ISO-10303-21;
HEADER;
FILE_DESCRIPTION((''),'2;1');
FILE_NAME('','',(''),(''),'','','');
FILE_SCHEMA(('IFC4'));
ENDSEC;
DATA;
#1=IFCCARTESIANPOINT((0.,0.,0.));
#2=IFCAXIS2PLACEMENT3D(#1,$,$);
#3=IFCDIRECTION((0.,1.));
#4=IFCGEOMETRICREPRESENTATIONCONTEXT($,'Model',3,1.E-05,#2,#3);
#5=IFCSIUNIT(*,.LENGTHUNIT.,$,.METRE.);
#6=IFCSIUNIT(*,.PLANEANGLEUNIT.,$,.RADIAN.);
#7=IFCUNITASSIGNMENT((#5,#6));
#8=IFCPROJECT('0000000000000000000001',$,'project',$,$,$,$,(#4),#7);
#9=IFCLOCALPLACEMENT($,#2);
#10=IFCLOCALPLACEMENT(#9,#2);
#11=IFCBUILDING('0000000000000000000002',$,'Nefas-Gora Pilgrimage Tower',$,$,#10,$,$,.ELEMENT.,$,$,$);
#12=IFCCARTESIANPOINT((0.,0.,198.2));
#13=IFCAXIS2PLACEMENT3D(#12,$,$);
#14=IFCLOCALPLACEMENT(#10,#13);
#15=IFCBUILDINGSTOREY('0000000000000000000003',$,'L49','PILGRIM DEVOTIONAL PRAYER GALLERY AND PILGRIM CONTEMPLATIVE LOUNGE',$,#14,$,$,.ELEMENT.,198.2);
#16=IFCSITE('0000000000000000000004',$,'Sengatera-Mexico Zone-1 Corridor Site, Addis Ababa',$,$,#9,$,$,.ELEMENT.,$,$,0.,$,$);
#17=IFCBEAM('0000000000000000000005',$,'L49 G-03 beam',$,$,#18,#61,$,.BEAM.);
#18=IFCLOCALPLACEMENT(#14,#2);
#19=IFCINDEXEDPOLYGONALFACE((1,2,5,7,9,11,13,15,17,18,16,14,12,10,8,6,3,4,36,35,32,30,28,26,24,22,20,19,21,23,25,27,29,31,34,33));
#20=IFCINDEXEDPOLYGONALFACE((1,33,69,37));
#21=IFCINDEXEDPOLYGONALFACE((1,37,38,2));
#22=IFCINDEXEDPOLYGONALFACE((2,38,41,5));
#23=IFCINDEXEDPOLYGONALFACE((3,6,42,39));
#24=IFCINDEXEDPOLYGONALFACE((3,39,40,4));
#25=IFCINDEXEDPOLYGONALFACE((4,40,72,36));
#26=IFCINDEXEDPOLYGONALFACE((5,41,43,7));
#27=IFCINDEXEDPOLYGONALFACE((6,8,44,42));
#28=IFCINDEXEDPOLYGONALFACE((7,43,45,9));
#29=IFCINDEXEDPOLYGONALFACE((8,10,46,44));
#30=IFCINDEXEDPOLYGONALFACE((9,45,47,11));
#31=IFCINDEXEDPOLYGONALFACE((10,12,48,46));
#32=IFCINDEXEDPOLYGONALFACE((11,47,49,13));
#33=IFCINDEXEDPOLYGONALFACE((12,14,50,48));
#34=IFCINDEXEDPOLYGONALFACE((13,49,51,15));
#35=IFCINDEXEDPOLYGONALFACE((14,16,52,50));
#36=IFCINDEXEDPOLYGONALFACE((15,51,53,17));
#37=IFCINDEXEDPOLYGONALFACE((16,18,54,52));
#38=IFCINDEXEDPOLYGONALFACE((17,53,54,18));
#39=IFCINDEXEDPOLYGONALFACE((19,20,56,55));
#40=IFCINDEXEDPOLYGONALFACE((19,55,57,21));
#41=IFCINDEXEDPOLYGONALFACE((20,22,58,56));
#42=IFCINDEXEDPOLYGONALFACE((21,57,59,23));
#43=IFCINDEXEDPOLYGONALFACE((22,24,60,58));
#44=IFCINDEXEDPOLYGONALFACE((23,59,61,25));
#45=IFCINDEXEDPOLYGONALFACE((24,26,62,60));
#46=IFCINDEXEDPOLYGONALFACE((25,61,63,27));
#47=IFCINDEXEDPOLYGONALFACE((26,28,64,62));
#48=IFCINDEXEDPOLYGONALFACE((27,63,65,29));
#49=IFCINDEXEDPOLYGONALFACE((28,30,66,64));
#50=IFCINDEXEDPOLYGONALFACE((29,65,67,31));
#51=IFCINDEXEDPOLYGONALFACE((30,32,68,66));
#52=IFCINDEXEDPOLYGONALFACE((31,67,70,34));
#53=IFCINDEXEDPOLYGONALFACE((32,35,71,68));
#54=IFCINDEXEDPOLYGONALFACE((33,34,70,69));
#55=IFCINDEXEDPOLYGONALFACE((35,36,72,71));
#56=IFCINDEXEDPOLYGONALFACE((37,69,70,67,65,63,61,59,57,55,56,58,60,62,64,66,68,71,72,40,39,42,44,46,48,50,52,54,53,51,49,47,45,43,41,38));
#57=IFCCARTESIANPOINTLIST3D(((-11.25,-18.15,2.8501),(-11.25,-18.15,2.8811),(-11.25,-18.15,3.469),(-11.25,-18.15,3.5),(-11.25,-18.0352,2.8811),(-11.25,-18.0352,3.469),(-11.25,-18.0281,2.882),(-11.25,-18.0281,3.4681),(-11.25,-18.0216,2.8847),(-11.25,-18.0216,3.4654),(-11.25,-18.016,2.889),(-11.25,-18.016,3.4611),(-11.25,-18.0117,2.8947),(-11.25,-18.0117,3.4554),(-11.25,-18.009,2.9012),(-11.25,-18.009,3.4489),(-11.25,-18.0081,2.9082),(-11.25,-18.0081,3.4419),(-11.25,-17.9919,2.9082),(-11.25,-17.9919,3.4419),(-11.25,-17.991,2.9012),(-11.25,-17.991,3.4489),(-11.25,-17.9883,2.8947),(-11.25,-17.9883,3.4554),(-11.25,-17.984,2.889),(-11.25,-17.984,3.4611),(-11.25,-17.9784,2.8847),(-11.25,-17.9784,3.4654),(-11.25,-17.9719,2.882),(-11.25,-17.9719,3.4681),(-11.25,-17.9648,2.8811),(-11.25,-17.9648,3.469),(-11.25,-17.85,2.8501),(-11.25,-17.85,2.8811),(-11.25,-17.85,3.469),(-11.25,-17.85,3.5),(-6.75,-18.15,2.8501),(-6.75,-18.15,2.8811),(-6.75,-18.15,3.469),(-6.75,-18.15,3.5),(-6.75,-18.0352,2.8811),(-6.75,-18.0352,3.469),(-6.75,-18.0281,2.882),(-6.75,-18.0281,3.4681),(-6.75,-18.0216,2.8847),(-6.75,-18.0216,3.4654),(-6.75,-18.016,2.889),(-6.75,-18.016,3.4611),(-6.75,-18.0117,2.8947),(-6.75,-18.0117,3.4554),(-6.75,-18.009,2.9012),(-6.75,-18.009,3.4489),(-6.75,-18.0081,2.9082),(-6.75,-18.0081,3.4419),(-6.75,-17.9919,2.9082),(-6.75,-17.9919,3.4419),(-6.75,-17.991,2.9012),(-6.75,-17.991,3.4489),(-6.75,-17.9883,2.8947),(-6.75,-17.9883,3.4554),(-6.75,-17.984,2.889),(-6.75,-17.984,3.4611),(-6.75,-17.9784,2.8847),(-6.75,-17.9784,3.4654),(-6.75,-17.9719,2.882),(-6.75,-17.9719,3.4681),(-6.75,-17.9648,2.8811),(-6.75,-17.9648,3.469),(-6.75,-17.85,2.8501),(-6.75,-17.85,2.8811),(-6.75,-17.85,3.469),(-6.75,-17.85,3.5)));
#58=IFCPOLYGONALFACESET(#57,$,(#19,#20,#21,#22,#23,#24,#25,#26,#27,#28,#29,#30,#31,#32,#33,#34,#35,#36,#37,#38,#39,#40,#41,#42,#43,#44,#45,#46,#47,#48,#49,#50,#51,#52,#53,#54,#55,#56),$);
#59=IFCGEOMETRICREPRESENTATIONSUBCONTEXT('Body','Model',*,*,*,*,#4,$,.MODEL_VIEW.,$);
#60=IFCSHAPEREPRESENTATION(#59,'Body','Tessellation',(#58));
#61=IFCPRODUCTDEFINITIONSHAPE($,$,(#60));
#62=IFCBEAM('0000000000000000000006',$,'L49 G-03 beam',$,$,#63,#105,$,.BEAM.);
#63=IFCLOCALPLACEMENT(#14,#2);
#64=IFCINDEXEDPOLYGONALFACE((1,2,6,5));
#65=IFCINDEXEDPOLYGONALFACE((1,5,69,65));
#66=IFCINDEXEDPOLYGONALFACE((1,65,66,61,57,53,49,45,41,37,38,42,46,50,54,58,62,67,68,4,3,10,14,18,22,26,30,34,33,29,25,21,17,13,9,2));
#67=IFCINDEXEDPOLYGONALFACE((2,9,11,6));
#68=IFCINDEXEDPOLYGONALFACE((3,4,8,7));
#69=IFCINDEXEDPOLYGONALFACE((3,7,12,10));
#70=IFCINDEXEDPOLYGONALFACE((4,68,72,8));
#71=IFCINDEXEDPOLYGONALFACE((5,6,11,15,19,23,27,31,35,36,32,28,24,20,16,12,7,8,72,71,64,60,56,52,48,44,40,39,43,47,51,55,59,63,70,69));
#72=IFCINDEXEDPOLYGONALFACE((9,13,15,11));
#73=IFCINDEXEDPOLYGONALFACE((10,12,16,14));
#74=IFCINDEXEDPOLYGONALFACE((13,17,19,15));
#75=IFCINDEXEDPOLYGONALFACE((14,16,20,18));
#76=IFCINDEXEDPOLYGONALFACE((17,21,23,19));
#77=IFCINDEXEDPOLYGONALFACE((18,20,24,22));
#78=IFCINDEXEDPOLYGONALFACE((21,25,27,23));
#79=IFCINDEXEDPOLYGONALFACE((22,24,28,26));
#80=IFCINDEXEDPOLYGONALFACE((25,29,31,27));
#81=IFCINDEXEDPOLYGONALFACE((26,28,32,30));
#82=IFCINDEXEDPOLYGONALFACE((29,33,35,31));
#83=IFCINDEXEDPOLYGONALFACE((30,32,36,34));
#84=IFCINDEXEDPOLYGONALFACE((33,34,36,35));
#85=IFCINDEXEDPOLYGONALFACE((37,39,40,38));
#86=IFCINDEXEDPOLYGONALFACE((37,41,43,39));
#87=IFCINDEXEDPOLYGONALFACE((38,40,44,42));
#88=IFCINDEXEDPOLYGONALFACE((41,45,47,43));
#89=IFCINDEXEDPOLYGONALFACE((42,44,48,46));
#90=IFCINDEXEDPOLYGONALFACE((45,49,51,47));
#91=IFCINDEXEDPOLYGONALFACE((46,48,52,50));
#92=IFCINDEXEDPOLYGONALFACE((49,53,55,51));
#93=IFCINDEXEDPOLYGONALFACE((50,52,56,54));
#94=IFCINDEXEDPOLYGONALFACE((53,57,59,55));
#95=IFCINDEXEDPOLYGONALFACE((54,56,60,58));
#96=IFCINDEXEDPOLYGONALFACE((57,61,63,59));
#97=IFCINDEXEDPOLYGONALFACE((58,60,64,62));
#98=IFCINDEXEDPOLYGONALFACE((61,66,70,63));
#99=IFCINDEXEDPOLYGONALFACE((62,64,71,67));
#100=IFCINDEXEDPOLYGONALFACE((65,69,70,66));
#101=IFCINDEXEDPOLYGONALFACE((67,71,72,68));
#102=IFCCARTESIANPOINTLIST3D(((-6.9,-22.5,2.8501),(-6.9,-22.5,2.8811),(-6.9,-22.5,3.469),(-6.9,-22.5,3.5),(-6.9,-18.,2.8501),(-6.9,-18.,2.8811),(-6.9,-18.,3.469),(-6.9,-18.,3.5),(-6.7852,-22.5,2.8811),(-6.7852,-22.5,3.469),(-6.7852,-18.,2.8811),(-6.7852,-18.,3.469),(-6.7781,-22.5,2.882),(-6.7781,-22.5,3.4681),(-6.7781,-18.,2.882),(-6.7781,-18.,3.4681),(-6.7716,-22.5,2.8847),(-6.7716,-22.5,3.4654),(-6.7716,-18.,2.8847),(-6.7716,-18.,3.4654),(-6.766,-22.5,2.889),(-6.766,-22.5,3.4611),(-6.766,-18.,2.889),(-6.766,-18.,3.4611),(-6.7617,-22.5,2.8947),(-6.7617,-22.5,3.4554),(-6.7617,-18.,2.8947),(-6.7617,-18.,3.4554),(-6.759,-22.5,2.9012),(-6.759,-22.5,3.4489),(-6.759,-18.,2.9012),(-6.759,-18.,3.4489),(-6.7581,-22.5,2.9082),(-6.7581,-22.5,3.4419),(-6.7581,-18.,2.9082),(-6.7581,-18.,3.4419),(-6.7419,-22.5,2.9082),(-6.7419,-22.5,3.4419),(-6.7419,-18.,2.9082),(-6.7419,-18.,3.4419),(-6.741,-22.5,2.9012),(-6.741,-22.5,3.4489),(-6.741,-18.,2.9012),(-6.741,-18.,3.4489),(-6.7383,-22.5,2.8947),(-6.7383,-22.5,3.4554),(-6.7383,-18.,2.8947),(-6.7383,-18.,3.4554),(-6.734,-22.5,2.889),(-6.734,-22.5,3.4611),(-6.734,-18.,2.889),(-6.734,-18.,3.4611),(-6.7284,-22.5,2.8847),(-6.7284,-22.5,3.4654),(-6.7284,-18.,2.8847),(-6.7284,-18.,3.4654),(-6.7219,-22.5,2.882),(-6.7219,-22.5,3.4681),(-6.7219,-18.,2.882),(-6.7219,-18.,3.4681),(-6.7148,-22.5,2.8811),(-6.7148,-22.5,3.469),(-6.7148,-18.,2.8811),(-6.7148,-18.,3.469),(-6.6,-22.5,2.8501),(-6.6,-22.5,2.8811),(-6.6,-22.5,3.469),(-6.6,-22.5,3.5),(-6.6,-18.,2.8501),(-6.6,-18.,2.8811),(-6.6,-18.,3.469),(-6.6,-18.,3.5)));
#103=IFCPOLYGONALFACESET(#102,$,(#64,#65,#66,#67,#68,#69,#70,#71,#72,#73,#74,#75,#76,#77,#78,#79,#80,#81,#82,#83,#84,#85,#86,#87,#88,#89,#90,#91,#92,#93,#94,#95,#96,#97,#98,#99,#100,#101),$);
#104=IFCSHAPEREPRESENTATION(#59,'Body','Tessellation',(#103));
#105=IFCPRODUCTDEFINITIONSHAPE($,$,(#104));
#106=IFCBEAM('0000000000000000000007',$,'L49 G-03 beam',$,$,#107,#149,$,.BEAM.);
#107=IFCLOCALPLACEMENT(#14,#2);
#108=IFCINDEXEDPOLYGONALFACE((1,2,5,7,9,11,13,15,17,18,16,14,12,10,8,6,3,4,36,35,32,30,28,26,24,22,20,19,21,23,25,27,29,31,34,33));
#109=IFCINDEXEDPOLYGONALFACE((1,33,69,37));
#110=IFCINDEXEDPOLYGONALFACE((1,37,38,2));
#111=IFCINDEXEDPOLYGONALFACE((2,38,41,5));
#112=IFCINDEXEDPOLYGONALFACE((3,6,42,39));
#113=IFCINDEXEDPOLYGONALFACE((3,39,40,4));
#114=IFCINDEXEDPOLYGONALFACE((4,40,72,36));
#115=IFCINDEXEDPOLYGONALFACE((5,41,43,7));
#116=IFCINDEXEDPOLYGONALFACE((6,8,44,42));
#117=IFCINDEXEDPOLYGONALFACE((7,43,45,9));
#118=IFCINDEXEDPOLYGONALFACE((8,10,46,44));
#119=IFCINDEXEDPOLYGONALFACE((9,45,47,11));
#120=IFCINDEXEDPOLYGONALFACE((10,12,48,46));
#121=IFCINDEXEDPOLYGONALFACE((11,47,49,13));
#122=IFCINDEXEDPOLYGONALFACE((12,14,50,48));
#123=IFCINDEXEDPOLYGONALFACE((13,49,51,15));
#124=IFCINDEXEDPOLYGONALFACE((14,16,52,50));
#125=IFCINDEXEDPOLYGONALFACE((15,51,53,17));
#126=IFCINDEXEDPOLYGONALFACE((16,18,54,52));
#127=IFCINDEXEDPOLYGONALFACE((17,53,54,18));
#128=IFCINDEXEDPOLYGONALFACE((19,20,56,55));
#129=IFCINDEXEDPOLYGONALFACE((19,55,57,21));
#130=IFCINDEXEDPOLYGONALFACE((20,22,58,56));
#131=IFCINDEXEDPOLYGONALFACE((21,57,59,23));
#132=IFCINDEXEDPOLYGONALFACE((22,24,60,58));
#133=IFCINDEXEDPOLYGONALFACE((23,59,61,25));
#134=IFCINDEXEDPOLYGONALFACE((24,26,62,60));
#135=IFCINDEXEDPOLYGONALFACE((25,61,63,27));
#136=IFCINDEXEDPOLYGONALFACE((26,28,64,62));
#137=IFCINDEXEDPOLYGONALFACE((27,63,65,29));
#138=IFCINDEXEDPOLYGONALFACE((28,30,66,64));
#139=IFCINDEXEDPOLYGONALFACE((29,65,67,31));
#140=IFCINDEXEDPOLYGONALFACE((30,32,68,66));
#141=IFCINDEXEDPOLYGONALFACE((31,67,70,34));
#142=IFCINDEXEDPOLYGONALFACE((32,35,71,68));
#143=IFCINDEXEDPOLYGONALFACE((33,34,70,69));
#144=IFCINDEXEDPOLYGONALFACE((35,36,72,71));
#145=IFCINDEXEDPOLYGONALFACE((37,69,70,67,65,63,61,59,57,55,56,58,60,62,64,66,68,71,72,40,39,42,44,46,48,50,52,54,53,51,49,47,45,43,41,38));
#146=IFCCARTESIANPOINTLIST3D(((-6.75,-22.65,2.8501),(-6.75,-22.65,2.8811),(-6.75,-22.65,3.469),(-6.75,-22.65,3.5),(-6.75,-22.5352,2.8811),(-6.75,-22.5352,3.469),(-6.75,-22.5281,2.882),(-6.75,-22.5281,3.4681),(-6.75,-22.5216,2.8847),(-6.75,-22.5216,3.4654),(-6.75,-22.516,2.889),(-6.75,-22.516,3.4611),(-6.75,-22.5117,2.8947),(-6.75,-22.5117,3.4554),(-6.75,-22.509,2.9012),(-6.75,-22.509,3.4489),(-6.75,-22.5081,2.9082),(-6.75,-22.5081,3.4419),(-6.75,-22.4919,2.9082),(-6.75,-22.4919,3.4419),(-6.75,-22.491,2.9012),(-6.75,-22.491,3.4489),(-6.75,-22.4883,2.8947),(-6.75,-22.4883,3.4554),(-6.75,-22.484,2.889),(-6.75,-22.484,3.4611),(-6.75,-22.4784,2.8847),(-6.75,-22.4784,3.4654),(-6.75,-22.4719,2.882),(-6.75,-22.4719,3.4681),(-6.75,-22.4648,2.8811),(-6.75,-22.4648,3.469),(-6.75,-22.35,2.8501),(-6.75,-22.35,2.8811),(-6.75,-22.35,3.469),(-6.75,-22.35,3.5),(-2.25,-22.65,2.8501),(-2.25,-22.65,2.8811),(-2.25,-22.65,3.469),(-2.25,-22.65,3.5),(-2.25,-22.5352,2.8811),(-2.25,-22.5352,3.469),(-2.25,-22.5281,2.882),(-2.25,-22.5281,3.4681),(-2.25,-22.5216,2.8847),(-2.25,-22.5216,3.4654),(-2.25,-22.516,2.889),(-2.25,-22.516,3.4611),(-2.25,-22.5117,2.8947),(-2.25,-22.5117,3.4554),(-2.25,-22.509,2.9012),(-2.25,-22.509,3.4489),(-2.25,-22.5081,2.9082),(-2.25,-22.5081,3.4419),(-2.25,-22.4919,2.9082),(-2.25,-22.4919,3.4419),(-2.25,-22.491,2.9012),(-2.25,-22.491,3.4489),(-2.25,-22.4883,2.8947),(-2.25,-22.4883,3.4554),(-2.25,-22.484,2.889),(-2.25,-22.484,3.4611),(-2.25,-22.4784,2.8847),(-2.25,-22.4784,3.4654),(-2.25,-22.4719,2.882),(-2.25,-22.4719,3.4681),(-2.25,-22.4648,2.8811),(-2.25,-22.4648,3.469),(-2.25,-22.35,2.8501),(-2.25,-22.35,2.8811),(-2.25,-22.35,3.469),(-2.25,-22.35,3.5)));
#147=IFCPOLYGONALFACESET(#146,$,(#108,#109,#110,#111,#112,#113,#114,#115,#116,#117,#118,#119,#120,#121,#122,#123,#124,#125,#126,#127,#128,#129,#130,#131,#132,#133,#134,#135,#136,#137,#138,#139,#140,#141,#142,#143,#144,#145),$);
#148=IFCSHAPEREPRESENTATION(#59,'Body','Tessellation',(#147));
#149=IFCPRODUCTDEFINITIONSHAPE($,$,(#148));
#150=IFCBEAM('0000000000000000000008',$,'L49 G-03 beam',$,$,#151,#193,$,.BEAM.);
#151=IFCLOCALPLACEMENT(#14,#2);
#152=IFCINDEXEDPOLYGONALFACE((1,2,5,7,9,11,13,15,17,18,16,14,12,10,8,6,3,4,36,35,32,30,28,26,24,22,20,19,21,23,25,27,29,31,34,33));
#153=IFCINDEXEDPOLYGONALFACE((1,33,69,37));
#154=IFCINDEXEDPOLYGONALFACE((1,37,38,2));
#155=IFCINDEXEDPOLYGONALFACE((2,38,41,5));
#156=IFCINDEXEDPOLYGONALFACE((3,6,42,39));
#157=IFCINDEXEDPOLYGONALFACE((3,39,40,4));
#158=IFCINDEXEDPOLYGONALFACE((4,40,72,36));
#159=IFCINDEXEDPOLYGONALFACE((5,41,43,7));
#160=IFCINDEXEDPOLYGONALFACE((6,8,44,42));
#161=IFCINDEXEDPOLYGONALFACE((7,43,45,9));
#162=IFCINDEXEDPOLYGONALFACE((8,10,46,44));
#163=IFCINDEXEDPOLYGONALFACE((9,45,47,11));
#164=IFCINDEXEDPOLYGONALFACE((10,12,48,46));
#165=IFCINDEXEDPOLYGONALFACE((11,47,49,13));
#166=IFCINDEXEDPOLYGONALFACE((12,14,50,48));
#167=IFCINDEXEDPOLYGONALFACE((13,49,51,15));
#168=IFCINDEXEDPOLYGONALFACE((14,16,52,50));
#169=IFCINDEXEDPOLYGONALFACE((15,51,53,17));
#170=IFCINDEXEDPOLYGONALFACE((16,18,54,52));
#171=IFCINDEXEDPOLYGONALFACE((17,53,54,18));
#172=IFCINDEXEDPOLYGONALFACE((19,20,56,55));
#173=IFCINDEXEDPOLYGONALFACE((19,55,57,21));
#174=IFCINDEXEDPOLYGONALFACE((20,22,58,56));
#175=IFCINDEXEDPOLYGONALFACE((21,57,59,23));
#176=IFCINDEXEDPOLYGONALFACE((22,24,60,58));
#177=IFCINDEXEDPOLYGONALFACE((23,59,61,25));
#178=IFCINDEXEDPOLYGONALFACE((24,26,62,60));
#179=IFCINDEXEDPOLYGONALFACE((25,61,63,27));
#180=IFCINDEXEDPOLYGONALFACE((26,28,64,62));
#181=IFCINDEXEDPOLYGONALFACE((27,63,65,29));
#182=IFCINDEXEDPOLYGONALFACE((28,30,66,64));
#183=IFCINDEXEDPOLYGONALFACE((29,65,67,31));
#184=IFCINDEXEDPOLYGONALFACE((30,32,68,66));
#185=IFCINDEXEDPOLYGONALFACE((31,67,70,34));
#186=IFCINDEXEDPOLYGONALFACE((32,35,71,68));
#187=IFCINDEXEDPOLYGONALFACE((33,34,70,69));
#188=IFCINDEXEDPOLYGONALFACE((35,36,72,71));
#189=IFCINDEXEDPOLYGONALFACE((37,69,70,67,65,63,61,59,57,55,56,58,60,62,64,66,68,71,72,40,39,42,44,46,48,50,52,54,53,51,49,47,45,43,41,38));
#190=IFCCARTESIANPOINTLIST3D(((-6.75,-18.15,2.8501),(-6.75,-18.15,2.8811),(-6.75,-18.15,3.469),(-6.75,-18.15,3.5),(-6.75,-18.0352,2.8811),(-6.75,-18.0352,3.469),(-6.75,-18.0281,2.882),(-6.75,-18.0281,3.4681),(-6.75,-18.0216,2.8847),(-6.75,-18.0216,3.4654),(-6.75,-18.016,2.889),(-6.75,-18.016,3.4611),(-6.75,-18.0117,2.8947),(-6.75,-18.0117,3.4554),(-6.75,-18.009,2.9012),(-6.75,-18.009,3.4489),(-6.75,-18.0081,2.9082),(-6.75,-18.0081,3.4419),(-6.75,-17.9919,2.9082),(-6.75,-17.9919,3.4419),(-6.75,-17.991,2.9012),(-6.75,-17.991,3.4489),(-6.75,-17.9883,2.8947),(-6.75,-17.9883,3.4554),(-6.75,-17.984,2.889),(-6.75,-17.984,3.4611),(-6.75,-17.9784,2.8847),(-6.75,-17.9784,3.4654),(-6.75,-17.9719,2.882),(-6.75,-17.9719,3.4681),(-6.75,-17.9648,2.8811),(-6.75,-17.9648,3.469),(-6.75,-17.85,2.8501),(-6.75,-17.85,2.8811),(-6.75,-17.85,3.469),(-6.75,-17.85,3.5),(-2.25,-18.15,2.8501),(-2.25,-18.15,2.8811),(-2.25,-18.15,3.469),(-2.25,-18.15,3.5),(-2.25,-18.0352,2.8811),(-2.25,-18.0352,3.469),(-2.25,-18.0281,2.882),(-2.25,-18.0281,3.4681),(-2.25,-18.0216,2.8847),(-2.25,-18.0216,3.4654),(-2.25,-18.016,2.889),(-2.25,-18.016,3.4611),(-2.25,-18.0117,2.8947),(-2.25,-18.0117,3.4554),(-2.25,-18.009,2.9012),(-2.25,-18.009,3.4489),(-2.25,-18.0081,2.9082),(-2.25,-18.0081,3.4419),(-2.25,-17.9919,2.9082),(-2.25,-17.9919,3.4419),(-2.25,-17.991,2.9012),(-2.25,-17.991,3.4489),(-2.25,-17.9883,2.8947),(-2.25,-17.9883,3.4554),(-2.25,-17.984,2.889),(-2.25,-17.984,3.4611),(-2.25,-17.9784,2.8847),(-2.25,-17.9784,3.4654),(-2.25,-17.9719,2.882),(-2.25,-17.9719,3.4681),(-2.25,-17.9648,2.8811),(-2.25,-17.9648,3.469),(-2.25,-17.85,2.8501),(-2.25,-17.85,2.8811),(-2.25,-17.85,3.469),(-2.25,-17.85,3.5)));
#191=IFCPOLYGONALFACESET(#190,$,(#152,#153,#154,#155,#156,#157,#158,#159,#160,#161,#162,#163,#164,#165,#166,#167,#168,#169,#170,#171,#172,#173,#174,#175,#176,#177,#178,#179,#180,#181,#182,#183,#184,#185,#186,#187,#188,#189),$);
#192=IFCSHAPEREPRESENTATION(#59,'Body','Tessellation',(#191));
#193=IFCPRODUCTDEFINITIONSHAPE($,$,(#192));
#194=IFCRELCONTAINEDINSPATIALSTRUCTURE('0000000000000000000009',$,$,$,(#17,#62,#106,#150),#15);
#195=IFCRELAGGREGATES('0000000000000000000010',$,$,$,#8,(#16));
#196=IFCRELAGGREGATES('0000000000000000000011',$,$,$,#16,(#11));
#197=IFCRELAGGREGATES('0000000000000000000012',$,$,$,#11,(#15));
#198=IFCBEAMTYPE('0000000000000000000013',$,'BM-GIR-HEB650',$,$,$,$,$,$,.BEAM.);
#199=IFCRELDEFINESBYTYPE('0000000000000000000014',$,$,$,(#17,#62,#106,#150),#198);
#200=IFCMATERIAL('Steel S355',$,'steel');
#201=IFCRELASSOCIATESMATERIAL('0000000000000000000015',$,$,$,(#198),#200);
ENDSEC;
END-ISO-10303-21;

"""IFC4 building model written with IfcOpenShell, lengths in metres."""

from ifc_helpers import new_model, si_unit, direction, frame, origin, origin_2d, place, context, subcontext, project, spatial, i_section, extrude, source, transform, mapped, material, material_profile, profile_set, type_object, element, save


model = new_model("IFC4")

# Units and contexts
model_context = context("Model", 3, precision=1e-05, world=origin(), true_north=direction((0.0, 1.0)))
body_context = subcontext(model_context, "Body", "Model", "MODEL_VIEW")
ifc_project = project(units=[si_unit("LENGTHUNIT", "METRE"), si_unit("PLANEANGLEUNIT", "RADIAN")], contexts=[model_context])

# Site, building, storey
site_placement = place(None, origin())
site = spatial("IfcSite", under=ifc_project, at=site_placement, Name="Sengatera-Mexico Zone-1 Corridor Site, Addis Ababa", CompositionType="ELEMENT", RefElevation=0.0)
building_placement = place(site_placement, origin())
building = spatial("IfcBuilding", under=site, at=building_placement, Name="Nefas-Gora Pilgrimage Tower", CompositionType="ELEMENT")
storey_placement = place(building_placement, frame((0.0, 0.0, 198.2)))
storey = spatial("IfcBuildingStorey", under=building, at=storey_placement, Name="L49", Description="PILGRIM DEVOTIONAL PRAYER GALLERY AND PILGRIM CONTEMPLATIVE LOUNGE", CompositionType="ELEMENT", Elevation=198.2)

# Beams
ifc_material_1 = material(Name="Steel S355", Category="steel")
ifc_material_profile_1 = material_profile(ifc_material_1, i_section(OverallWidth=0.3, OverallDepth=0.6499, WebThickness=0.0161, FlangeThickness=0.031, FilletRadius=0.0271, at=origin_2d()), Name="HEB 650")
ifc_profile_set_1 = profile_set([ifc_material_profile_1], Name="Steel S355")
beam_type = type_object("IfcBeamType", Name="BM-GIR-HEB650", PredefinedType="BEAM", material=ifc_profile_set_1)
shared_shape_1 = source(origin(), body_context, "Body", "SweptSolid", [
    extrude(i_section(OverallWidth=0.3, OverallDepth=0.6499, WebThickness=0.0161, FlangeThickness=0.031, FilletRadius=0.0271, at=origin_2d()), origin(), (0.0, 0.0, 1.0), 4.5),
])
for number, where, z_axis, x_axis, name in (
    (1, (-11.25, -18.0, 3.175), (1.0, 0.0, 0.0), (0.0, 1.0, 0.0), "L49 G-03 beam"),
    (2, (-6.75, -22.5, 3.175), (0.0, 1.0, 0.0), (-1.0, 0.0, 0.0), "L49 G-03 beam"),
    (3, (-6.75, -22.5, 3.175), (1.0, 0.0, 0.0), (0.0, 1.0, 0.0), "L49 G-03 beam"),
    (4, (-6.75, -18.0, 3.175), (1.0, 0.0, 0.0), (0.0, 1.0, 0.0), "L49 G-03 beam"),
):
    element("IfcBeam", number, at=place(storey_placement, frame(where, z_axis=z_axis, x_axis=x_axis)), inside=storey, type_object=beam_type, Name=name, PredefinedType="BEAM", context=body_context, shape_type="MappedRepresentation", body=[
        mapped(shared_shape_1, transform((0.0, 0.0, 0.0), x_axis=(1.0, 0.0, 0.0), y_axis=(0.0, 1.0, 0.0), z_axis=(0.0, 0.0, 1.0), scale=1.0)),
    ])

save(model, "model.ifc")
